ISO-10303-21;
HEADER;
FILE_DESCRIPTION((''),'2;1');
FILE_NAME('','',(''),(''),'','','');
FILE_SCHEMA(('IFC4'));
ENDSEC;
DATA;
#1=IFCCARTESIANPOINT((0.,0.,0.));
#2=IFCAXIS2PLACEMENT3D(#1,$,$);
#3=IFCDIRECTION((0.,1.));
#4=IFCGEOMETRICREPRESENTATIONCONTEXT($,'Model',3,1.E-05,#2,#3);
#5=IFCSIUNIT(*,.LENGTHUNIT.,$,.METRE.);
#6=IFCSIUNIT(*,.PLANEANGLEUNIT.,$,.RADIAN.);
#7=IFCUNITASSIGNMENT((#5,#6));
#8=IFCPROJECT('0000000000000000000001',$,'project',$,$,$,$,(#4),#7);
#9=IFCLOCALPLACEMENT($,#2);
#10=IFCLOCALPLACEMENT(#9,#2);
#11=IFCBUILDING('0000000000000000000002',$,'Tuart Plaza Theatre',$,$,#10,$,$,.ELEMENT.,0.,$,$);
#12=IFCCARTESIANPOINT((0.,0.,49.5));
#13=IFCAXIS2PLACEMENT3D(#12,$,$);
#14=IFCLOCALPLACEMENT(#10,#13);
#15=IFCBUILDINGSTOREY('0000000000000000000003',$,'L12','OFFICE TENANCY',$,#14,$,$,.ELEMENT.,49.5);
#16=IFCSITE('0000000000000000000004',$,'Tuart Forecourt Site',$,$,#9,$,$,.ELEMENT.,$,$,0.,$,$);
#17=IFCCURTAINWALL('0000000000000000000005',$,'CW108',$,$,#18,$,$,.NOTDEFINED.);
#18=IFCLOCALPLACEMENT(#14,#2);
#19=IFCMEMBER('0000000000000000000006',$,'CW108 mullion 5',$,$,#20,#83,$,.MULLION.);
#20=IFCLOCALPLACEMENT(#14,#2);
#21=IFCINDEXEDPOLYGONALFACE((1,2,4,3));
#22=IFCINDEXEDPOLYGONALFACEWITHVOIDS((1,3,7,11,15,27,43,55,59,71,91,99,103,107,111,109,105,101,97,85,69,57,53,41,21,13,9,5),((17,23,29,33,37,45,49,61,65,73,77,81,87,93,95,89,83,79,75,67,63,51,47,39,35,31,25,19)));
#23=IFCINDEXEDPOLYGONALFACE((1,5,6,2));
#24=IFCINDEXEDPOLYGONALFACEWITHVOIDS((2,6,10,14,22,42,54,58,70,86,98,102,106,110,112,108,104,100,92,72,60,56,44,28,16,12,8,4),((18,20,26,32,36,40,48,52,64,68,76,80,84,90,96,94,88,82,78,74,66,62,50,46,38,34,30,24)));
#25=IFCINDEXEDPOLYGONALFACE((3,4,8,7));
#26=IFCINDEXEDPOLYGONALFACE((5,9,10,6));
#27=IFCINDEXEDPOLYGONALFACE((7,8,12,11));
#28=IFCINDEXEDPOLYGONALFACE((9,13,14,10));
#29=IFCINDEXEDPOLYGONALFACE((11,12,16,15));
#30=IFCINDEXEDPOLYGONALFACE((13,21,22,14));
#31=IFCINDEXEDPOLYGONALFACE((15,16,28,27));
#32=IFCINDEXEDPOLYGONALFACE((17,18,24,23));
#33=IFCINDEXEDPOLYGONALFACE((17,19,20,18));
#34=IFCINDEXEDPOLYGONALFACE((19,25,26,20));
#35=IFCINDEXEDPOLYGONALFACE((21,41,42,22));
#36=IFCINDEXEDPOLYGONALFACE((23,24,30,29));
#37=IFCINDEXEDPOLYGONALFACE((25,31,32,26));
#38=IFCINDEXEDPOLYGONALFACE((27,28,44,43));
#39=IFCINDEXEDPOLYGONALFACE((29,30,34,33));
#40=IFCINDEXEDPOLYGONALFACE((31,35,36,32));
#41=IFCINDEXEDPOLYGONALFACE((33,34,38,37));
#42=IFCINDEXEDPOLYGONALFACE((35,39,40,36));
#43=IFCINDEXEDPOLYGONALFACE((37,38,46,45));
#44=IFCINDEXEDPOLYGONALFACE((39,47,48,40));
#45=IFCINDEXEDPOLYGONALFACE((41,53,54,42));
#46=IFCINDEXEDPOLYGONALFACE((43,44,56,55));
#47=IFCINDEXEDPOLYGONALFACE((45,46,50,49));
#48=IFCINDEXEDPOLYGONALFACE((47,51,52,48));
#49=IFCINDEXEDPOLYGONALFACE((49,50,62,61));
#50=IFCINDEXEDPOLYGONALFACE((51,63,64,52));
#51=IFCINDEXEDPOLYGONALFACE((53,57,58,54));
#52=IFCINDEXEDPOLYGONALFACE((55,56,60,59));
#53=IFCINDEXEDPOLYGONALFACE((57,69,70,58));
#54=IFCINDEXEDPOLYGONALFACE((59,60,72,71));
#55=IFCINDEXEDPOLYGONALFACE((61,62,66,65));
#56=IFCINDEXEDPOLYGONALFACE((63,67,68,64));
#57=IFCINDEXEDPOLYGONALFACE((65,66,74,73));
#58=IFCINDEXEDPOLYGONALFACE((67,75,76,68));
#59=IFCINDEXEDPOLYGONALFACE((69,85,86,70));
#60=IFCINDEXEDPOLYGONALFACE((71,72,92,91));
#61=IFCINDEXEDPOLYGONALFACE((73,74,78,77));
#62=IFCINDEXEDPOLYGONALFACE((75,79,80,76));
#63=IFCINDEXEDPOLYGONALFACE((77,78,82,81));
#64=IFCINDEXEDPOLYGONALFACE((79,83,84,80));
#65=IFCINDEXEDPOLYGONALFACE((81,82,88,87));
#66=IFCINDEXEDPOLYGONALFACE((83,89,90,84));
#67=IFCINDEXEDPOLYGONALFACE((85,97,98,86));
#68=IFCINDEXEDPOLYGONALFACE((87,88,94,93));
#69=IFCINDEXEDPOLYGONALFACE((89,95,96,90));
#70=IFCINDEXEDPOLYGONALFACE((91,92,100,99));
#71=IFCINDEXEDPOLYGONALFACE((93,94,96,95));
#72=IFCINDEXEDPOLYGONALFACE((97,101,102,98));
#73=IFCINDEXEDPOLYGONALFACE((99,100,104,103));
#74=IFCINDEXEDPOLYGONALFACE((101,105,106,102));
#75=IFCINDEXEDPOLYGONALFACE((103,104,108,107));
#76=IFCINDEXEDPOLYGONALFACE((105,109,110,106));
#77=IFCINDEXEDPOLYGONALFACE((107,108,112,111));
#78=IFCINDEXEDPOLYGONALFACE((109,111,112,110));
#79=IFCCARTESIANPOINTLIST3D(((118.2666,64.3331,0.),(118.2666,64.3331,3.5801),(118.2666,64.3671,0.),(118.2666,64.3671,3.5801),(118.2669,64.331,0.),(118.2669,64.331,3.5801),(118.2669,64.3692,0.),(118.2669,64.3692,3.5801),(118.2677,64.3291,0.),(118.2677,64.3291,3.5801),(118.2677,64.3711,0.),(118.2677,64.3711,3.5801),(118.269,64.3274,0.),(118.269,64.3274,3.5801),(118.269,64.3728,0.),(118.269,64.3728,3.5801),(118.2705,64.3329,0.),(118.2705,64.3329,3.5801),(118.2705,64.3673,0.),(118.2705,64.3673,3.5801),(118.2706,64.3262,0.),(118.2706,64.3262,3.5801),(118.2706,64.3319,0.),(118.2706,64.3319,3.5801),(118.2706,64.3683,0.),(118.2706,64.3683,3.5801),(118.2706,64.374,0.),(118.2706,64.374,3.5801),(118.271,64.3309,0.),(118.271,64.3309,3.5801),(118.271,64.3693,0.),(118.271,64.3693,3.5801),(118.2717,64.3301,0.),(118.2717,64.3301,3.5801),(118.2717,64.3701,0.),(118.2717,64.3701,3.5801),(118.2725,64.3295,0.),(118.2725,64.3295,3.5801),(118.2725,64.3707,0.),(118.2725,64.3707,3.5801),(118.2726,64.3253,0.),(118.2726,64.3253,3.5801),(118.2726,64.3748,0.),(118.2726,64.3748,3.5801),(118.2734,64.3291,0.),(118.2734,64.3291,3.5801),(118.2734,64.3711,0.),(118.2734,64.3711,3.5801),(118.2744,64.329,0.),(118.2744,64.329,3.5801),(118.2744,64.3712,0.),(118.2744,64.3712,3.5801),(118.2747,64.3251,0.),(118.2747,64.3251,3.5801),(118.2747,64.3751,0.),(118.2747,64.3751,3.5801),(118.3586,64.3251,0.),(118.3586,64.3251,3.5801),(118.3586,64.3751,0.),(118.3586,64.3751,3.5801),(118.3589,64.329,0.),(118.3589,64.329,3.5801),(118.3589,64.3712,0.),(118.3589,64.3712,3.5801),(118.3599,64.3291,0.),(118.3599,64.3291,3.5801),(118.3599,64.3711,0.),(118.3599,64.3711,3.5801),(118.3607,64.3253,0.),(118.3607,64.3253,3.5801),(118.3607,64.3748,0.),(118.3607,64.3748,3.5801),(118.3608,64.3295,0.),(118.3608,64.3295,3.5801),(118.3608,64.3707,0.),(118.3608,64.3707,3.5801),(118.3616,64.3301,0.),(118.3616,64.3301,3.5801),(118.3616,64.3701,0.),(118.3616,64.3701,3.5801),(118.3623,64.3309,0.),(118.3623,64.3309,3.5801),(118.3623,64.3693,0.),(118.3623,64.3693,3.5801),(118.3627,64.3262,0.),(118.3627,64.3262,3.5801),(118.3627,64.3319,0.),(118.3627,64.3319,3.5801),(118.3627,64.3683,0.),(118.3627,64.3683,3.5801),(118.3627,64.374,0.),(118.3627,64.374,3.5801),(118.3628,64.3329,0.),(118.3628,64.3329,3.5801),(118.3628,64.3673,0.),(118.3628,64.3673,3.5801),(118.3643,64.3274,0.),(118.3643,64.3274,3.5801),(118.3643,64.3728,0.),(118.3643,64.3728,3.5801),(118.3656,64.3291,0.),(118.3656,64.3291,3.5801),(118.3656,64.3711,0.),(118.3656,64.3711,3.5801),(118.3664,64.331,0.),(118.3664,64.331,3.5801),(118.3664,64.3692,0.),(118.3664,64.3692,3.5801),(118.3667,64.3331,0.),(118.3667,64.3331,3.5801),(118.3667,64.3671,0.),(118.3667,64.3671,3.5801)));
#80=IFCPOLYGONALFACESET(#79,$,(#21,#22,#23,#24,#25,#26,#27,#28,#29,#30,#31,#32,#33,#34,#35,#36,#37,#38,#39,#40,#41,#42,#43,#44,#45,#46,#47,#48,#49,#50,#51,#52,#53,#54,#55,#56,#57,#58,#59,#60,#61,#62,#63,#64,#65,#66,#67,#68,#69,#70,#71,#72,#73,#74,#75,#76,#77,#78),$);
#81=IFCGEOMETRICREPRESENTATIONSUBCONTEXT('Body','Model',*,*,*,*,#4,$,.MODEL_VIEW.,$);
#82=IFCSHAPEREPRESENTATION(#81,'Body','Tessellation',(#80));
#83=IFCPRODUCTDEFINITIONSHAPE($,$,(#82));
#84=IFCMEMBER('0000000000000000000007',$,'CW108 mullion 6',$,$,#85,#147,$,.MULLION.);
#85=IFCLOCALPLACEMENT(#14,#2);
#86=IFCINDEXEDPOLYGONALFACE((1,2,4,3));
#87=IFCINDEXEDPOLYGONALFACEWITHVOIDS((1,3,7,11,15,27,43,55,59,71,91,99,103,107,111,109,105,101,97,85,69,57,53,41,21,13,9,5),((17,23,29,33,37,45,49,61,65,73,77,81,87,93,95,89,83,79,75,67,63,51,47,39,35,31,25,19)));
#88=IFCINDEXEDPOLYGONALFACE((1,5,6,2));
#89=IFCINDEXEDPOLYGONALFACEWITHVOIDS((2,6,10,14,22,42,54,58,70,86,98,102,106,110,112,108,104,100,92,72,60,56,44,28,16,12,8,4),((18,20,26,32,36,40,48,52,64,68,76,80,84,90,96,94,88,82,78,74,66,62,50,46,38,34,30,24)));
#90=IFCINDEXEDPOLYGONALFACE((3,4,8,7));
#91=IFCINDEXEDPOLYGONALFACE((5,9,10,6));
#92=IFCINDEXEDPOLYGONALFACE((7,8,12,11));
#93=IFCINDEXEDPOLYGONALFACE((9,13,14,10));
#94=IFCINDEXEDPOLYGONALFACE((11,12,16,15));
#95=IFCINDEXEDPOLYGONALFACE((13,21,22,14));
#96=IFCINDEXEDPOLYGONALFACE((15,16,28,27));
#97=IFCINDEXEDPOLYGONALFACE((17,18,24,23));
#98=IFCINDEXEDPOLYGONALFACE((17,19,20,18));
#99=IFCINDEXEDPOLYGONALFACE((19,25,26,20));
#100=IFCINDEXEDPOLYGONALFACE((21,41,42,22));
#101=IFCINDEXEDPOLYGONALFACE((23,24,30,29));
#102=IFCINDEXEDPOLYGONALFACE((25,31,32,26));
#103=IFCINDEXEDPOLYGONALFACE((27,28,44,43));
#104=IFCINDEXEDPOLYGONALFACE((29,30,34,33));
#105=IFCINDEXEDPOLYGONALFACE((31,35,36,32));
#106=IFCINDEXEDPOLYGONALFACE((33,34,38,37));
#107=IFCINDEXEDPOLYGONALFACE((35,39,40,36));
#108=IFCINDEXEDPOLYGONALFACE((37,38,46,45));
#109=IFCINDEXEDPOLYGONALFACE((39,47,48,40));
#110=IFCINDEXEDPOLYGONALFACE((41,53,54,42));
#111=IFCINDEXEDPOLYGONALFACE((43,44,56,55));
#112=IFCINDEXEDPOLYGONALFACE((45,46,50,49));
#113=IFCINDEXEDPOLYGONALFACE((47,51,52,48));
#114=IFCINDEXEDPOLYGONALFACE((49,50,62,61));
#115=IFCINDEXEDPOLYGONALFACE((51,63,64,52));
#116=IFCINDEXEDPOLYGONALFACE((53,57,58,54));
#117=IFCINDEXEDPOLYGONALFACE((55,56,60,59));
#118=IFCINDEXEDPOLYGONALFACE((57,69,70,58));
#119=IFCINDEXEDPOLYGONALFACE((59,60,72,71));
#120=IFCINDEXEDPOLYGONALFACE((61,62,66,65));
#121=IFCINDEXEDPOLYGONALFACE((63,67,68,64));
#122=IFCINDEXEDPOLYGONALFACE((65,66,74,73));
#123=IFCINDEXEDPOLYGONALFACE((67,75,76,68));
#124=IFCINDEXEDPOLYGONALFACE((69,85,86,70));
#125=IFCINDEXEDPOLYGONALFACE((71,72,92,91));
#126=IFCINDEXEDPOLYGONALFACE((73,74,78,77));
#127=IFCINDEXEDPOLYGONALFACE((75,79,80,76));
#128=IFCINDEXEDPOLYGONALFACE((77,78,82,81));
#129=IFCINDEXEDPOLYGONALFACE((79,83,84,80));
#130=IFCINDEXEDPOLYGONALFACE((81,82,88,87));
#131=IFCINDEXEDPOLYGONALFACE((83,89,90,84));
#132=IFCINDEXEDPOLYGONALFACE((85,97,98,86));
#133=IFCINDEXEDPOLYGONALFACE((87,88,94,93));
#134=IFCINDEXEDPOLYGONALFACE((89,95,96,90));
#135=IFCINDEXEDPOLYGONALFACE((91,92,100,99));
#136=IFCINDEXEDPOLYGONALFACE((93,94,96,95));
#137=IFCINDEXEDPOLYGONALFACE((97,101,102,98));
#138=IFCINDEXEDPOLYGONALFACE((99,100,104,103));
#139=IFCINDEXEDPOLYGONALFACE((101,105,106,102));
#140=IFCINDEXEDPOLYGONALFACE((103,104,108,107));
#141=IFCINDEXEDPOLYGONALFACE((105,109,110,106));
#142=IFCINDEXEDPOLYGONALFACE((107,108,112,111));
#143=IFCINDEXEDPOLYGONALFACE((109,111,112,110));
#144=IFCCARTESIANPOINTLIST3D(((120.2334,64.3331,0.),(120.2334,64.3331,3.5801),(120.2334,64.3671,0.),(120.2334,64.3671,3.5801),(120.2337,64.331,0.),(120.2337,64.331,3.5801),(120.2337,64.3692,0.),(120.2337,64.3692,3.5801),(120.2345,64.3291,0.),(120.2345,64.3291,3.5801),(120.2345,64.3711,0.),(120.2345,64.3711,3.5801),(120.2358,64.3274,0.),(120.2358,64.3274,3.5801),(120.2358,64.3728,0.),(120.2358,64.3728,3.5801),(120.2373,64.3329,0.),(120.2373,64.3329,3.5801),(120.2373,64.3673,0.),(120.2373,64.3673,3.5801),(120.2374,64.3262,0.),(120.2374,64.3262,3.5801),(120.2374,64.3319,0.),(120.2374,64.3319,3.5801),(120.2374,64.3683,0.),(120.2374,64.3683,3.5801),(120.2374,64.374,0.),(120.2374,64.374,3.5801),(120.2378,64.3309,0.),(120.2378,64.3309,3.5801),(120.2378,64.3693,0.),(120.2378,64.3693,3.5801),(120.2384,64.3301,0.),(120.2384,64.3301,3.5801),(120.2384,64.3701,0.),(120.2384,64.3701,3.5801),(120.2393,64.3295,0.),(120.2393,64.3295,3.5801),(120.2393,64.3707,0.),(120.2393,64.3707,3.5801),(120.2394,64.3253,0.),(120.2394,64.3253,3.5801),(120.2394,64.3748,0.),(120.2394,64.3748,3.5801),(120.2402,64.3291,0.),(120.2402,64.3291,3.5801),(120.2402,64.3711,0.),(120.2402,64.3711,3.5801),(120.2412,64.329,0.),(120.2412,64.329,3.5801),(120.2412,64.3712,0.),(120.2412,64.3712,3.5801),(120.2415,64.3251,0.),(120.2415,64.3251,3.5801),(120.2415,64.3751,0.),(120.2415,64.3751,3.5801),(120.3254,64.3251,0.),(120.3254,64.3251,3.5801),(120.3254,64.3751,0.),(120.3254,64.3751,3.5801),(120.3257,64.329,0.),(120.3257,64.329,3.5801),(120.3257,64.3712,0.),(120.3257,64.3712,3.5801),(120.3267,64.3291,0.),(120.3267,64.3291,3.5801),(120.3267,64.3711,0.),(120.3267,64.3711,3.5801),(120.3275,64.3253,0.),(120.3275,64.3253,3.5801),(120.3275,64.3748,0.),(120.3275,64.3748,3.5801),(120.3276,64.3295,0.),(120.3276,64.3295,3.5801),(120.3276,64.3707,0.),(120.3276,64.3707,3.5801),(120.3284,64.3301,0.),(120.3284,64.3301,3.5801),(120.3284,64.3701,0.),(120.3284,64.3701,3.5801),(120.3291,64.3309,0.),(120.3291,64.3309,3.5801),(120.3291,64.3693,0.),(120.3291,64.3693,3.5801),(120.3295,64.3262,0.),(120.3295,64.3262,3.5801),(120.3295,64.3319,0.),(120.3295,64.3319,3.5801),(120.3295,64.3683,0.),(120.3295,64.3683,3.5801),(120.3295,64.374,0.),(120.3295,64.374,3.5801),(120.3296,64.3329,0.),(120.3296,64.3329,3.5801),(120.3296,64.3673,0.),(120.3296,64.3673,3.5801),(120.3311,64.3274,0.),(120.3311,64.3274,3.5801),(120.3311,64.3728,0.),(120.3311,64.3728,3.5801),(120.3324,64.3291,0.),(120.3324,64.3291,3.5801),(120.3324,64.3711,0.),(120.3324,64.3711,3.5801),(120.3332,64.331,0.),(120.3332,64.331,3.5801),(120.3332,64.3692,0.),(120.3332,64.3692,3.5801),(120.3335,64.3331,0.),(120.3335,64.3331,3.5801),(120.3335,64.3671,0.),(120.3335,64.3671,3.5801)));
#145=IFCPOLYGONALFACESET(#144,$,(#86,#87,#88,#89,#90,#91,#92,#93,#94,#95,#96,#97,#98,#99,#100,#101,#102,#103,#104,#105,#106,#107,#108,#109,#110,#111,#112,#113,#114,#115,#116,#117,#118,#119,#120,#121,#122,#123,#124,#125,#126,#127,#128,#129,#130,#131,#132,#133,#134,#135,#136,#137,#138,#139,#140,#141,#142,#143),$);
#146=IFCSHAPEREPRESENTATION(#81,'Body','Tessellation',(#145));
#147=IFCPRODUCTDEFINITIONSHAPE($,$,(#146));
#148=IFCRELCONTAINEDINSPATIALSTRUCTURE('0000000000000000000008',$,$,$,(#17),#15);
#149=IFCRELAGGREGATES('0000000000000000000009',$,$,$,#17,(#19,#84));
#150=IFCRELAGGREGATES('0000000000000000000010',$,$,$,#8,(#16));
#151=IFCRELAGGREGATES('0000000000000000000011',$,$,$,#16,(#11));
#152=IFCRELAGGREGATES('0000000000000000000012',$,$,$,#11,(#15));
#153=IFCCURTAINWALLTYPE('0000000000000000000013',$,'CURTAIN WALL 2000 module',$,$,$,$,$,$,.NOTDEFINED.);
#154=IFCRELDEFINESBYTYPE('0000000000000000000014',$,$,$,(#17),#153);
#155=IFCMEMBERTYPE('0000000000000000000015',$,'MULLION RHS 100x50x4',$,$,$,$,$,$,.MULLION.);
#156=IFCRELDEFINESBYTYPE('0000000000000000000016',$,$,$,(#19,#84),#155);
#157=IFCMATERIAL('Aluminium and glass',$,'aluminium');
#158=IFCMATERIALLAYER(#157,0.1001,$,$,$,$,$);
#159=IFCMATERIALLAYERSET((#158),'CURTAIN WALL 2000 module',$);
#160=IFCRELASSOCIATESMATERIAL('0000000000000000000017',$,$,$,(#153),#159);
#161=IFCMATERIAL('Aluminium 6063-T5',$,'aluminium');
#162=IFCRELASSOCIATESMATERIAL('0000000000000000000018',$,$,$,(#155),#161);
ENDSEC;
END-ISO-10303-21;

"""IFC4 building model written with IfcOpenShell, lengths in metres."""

from ifc_helpers import new_model, si_unit, direction, frame, origin, origin_2d, place, context, subcontext, project, spatial, hollow_rectangle, extrude, material, layer, layer_set, material_profile, profile_set, type_object, element, aggregate, save


model = new_model("IFC4")

# Units and contexts
model_context = context("Model", 3, precision=1e-05, world=origin(), true_north=direction((0.0, 1.0)))
body_context = subcontext(model_context, "Body", "Model", "MODEL_VIEW")
ifc_project = project(units=[si_unit("LENGTHUNIT", "METRE"), si_unit("PLANEANGLEUNIT", "RADIAN")], contexts=[model_context])

# Site, building, storey
site_placement = place(None, origin())
site = spatial("IfcSite", under=ifc_project, at=site_placement, Name="Tuart Forecourt Site", CompositionType="ELEMENT", RefElevation=0.0)
building_placement = place(site_placement, origin())
building = spatial("IfcBuilding", under=site, at=building_placement, Name="Tuart Plaza Theatre", CompositionType="ELEMENT", ElevationOfRefHeight=0.0)
storey_placement = place(building_placement, frame((0.0, 0.0, 49.5)))
storey = spatial("IfcBuildingStorey", under=building, at=storey_placement, Name="L12", Description="OFFICE TENANCY", CompositionType="ELEMENT", Elevation=49.5)

# Curtain wall, members
ifc_material_1 = material(Name="Aluminium and glass", Category="aluminium")
ifc_layer_1 = layer(ifc_material_1, 0.1001)
ifc_layer_set_1 = layer_set([ifc_layer_1], Name="CURTAIN WALL 2000 module")
curtain_wall_type = type_object("IfcCurtainWallType", Name="CURTAIN WALL 2000 module", PredefinedType="NOTDEFINED", material=ifc_layer_set_1)
curtain_wall_1_placement = place(storey_placement, origin())
curtain_wall_1 = element("IfcCurtainWall", 1, at=curtain_wall_1_placement, inside=storey, type_object=curtain_wall_type, Name="CW108", PredefinedType="NOTDEFINED")
ifc_material_2 = material(Name="Aluminium 6063-T5", Category="aluminium")
ifc_material_profile_1 = material_profile(ifc_material_2, hollow_rectangle(XDim=0.05, YDim=0.1001, WallThickness=0.0039, InnerFilletRadius=0.0039, OuterFilletRadius=0.0081, at=origin_2d()), Name="RHS 100x50x4")
ifc_profile_set_1 = profile_set([ifc_material_profile_1], Name="Aluminium 6063-T5")
member_type_1 = type_object("IfcMemberType", Name="MULLION RHS 100x50x4", PredefinedType="MULLION", material=ifc_profile_set_1)
member_1_placement = place(storey_placement, frame((118.3167, 64.3501, 0.0), z_axis=(0.0, 0.0, 1.0), x_axis=(0.0, 1.0, 0.0)))
member_1 = element("IfcMember", 2, at=member_1_placement, type_object=member_type_1, Name="CW108 mullion 5", PredefinedType="MULLION", context=body_context, shape_type="SweptSolid", body=[
    extrude(hollow_rectangle(XDim=0.05, YDim=0.1001, WallThickness=0.0039, InnerFilletRadius=0.0039, OuterFilletRadius=0.0081, at=origin_2d()), origin(), (0.0, 0.0, 1.0), 3.5801),
])
member_2_placement = place(storey_placement, frame((120.2834, 64.3501, 0.0), z_axis=(0.0, 0.0, 1.0), x_axis=(0.0, 1.0, 0.0)))
member_2 = element("IfcMember", 3, at=member_2_placement, type_object=member_type_1, Name="CW108 mullion 6", PredefinedType="MULLION", context=body_context, shape_type="SweptSolid", body=[
    extrude(hollow_rectangle(XDim=0.05, YDim=0.1001, WallThickness=0.0039, InnerFilletRadius=0.0039, OuterFilletRadius=0.0081, at=origin_2d()), origin(), (0.0, 0.0, 1.0), 3.5801),
])

aggregate(curtain_wall_1, [member_1, member_2])

save(model, "model.ifc")
